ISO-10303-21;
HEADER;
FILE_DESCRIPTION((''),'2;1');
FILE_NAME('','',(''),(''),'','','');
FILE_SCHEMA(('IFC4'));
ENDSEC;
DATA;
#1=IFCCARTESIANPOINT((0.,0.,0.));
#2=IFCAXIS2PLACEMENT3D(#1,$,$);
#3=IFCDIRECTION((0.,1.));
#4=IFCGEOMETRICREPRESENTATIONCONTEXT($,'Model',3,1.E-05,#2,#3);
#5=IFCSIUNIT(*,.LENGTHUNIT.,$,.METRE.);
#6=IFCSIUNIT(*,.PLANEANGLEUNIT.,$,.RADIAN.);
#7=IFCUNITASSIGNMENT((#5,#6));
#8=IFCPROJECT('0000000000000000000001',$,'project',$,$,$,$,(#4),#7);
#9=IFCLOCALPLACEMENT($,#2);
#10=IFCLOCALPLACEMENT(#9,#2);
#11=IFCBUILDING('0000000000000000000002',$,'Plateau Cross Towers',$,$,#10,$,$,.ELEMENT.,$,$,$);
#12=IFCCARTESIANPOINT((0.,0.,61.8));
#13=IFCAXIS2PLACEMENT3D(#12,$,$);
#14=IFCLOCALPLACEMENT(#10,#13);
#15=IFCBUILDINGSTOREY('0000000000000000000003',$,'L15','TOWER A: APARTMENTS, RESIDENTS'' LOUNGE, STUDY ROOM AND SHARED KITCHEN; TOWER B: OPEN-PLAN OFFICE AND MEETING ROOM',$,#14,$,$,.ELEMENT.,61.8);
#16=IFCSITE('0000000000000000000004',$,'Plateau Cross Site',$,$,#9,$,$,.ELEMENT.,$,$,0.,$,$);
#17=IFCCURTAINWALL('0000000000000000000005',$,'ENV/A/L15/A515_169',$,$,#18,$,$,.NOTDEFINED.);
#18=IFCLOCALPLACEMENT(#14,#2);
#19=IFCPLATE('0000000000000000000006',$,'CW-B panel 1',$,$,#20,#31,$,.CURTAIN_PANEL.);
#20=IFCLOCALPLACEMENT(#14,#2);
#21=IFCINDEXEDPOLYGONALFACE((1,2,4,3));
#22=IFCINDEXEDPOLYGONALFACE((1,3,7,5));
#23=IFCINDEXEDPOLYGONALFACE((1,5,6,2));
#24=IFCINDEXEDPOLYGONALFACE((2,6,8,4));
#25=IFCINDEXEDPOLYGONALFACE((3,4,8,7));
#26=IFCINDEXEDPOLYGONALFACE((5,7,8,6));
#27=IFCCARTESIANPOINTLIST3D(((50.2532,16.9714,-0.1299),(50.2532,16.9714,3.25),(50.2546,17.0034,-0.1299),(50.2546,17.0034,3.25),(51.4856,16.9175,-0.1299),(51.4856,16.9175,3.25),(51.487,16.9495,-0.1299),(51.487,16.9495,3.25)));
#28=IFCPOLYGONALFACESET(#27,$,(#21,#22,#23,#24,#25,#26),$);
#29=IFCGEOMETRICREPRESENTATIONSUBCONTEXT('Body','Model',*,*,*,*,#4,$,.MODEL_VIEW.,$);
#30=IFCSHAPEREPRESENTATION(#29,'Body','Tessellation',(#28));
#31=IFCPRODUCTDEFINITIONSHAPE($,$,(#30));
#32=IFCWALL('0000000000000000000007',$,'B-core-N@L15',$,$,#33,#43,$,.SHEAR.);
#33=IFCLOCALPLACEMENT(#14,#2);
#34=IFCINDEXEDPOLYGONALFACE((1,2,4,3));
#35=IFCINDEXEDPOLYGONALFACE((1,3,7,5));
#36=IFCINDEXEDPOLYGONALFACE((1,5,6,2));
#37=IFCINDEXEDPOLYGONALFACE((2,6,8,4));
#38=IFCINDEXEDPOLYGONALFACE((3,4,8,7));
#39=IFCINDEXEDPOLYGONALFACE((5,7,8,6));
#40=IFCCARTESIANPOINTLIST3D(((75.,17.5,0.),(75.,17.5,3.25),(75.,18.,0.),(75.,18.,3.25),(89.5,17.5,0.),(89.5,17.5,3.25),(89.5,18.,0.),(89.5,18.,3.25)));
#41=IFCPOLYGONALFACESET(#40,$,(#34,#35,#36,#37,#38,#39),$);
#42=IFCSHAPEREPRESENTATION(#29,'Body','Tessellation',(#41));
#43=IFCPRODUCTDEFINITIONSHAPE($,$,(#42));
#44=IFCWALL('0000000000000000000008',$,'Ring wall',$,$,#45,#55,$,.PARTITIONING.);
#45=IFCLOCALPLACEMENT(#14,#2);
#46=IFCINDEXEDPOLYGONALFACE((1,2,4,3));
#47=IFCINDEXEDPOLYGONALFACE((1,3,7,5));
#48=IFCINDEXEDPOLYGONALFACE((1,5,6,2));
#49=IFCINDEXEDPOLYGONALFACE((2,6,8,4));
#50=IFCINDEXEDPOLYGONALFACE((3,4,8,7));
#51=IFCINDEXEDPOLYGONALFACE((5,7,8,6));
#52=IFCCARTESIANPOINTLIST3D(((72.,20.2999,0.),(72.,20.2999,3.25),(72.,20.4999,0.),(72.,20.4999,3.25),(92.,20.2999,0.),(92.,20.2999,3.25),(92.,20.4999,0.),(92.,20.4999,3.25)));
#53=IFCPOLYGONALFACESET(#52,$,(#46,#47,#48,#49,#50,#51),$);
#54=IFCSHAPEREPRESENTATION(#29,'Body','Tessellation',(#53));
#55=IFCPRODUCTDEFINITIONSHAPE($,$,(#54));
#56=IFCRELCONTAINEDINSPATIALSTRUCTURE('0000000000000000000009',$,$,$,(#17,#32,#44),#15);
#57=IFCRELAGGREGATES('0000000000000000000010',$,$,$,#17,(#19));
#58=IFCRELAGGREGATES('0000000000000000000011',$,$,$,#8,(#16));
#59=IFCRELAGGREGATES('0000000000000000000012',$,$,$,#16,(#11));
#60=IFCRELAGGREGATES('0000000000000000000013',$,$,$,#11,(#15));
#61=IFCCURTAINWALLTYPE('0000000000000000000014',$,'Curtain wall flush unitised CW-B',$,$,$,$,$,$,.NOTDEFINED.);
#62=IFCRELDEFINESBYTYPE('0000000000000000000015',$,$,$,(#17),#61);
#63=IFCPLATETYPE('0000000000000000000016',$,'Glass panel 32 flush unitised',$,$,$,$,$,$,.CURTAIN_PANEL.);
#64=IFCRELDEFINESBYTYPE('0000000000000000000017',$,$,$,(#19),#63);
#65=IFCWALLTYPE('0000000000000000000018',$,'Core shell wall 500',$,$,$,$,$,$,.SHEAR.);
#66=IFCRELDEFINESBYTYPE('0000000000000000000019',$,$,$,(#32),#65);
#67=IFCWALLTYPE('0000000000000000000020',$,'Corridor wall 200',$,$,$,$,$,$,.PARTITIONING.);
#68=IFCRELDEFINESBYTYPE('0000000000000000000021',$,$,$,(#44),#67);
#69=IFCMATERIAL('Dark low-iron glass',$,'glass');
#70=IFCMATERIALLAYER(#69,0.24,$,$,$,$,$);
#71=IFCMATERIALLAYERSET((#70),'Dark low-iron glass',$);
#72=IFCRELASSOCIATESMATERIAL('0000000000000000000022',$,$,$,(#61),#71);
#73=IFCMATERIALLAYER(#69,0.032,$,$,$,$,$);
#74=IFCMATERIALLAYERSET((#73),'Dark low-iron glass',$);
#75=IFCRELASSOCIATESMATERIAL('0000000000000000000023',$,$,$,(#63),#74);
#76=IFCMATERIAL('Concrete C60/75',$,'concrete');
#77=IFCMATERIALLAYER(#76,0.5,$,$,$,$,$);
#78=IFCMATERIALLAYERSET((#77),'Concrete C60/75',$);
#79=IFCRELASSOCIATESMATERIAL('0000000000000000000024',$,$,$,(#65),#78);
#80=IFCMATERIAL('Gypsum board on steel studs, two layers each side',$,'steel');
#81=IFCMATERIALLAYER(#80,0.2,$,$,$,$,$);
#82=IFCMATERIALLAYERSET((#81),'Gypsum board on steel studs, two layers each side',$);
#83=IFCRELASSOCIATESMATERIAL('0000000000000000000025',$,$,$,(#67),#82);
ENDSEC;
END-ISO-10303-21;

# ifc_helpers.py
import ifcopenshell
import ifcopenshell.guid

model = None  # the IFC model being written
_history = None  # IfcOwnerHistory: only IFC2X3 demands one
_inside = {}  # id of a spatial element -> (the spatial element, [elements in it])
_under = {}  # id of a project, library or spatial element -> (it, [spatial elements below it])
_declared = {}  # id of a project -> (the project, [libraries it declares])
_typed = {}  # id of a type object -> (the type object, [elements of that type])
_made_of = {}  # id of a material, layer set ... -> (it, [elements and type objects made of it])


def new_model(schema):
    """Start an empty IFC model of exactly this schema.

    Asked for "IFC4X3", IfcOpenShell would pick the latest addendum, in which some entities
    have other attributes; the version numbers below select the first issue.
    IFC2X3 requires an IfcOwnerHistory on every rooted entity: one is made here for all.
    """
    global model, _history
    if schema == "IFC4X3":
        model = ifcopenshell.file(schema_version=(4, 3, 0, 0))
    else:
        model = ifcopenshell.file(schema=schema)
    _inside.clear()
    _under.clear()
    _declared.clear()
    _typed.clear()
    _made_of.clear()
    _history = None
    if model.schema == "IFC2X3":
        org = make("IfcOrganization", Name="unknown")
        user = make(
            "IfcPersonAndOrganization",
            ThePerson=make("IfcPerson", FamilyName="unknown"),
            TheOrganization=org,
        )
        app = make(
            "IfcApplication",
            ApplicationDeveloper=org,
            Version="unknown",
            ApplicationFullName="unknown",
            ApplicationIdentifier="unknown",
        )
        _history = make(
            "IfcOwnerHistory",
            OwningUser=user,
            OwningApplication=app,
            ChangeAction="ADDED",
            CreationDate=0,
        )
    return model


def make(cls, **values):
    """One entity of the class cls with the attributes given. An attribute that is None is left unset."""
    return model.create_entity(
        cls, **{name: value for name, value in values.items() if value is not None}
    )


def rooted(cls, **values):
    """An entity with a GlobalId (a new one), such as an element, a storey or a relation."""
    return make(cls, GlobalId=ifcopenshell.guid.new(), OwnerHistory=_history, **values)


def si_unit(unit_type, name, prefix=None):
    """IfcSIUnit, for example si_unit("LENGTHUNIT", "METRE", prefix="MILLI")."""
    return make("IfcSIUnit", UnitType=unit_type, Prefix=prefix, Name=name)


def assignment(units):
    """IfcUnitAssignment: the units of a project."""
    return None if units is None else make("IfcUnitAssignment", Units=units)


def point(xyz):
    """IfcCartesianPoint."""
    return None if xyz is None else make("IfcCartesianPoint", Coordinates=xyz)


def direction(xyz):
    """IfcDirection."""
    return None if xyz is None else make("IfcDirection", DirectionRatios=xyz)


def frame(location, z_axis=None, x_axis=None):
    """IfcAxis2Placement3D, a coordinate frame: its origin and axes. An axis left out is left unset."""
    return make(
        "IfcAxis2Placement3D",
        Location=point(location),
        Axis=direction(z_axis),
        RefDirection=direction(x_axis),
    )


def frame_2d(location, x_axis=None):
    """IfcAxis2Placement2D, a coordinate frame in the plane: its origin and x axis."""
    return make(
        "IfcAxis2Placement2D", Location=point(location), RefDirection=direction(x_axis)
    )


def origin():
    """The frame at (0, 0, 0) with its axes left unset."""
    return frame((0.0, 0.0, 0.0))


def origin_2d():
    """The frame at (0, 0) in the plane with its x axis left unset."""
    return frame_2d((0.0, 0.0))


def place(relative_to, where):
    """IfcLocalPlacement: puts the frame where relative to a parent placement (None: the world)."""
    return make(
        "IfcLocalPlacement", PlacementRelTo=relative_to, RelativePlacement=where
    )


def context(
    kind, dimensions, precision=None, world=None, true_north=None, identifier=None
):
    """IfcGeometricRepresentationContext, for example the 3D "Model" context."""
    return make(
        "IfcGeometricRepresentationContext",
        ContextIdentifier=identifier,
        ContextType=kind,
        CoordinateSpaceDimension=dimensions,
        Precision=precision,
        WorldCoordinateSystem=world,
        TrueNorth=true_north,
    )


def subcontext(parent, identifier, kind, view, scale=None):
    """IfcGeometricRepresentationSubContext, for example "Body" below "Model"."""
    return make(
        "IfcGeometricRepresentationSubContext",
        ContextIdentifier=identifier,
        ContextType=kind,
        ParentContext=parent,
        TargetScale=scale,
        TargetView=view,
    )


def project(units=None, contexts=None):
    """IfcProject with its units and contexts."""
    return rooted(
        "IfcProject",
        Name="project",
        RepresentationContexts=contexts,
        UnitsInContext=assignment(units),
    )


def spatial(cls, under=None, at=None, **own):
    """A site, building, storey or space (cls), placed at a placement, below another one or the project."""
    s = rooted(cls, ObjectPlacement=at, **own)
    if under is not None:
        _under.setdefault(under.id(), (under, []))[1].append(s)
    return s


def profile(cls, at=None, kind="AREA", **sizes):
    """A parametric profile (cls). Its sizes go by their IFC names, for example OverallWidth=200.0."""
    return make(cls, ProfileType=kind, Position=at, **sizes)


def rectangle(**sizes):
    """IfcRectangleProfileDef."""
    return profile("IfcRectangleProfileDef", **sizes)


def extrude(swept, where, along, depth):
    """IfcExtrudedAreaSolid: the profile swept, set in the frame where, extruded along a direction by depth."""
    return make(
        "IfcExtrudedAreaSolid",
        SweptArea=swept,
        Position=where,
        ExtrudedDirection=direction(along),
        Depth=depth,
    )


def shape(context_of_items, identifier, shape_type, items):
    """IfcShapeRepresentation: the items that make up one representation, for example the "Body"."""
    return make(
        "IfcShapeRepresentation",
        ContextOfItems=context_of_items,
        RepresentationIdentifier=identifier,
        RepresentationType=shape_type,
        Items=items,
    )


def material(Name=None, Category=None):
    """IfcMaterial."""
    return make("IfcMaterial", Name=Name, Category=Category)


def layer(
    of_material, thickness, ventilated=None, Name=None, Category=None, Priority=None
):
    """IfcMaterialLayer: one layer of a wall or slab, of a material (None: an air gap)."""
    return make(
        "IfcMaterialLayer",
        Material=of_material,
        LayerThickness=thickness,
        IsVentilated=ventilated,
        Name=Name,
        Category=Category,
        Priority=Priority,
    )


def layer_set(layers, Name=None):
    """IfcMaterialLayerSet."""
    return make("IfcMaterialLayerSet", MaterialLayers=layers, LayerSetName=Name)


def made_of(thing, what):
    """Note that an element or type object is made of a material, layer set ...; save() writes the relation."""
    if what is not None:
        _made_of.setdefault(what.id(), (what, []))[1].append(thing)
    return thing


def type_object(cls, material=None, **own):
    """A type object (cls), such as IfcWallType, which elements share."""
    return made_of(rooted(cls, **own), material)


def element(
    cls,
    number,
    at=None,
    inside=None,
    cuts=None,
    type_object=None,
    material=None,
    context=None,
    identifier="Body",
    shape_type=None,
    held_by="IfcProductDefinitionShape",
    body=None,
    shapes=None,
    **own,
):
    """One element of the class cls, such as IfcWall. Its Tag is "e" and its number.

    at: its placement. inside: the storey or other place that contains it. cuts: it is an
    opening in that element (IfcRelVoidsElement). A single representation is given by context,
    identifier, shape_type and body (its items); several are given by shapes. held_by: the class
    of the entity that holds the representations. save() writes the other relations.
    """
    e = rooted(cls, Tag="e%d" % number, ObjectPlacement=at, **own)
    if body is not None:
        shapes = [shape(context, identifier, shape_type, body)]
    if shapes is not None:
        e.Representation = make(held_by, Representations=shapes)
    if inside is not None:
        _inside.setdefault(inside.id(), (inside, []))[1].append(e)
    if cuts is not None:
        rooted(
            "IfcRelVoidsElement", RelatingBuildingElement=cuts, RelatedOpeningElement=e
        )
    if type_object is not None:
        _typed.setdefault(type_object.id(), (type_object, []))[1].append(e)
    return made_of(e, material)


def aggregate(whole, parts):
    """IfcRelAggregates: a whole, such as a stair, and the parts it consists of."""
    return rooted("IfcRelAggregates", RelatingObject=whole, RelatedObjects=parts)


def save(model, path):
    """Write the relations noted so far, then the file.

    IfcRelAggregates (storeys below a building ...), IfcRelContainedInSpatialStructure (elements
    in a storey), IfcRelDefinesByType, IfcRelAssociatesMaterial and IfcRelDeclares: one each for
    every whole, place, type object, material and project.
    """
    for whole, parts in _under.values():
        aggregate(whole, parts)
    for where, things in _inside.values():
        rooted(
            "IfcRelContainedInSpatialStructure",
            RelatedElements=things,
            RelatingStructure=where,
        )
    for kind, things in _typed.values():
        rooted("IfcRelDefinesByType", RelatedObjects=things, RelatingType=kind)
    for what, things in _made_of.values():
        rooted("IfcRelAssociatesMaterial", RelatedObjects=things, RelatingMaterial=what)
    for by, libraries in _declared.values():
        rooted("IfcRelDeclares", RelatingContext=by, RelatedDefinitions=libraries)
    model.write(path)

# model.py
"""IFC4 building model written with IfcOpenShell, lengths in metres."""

from ifc_helpers import new_model, si_unit, direction, frame, frame_2d, origin, origin_2d, place, context, subcontext, project, spatial, rectangle, extrude, material, layer, layer_set, type_object, element, aggregate, save


model = new_model("IFC4")

# Units and contexts
model_context = context("Model", 3, precision=1e-05, world=origin(), true_north=direction((0.0, 1.0)))
body_context = subcontext(model_context, "Body", "Model", "MODEL_VIEW")
ifc_project = project(units=[si_unit("LENGTHUNIT", "METRE"), si_unit("PLANEANGLEUNIT", "RADIAN")], contexts=[model_context])

# Site, building, storey
site_placement = place(None, origin())
site = spatial("IfcSite", under=ifc_project, at=site_placement, Name="Plateau Cross Site", CompositionType="ELEMENT", RefElevation=0.0)
building_placement = place(site_placement, origin())
building = spatial("IfcBuilding", under=site, at=building_placement, Name="Plateau Cross Towers", CompositionType="ELEMENT")
storey_placement = place(building_placement, frame((0.0, 0.0, 61.8)))
storey = spatial("IfcBuildingStorey", under=building, at=storey_placement, Name="L15", Description="TOWER A: APARTMENTS, RESIDENTS' LOUNGE, STUDY ROOM AND SHARED KITCHEN; TOWER B: OPEN-PLAN OFFICE AND MEETING ROOM", CompositionType="ELEMENT", Elevation=61.8)

# Shared definitions
ifc_material_1 = material(Name="Concrete C60/75", Category="concrete")

# Shared definitions
ifc_material_2 = material(Name="Dark low-iron glass", Category="glass")
ifc_layer_1 = layer(ifc_material_2, 0.24)
ifc_layer_set_1 = layer_set([ifc_layer_1], Name="Dark low-iron glass")
curtain_wall_type_1 = type_object("IfcCurtainWallType", Name="Curtain wall flush unitised CW-B", PredefinedType="NOTDEFINED", material=ifc_layer_set_1)

# Curtain wall
curtain_wall_1_placement = place(storey_placement, origin())
curtain_wall_1 = element("IfcCurtainWall", 1, at=curtain_wall_1_placement, inside=storey, type_object=curtain_wall_type_1, Name="ENV/A/L15/A515_169", PredefinedType="NOTDEFINED")

# Shared definitions
ifc_layer_2 = layer(ifc_material_2, 0.032)
ifc_layer_set_2 = layer_set([ifc_layer_2], Name="Dark low-iron glass")
plate_type_1 = type_object("IfcPlateType", Name="Glass panel 32 flush unitised", PredefinedType="CURTAIN_PANEL", material=ifc_layer_set_2)

# Plate
plate_1_placement = place(storey_placement, frame((50.8701, 16.9604, -0.1299), z_axis=(0.0, 0.0, 1.0), x_axis=(-0.999044, 0.043723, 0.0)))
plate_1 = element("IfcPlate", 2, at=plate_1_placement, type_object=plate_type_1, Name="CW-B panel 1", PredefinedType="CURTAIN_PANEL", context=body_context, shape_type="SweptSolid", body=[
    extrude(rectangle(XDim=1.2336, YDim=0.032, at=origin_2d()), origin(), (0.0, 0.0, 1.0), 3.3799),
])
aggregate(curtain_wall_1, [plate_1])

# Walls
ifc_layer_3 = layer(ifc_material_1, 0.5)
ifc_layer_set_3 = layer_set([ifc_layer_3], Name="Concrete C60/75")
wall_type_1 = type_object("IfcWallType", Name="Core shell wall 500", PredefinedType="SHEAR", material=ifc_layer_set_3)
wall_1_placement = place(storey_placement, frame((75.0, 17.75, 0.0), z_axis=(0.0, 0.0, 1.0), x_axis=(1.0, 0.0, 0.0)))
element("IfcWall", 3, at=wall_1_placement, inside=storey, type_object=wall_type_1, Name="B-core-N@L15", PredefinedType="SHEAR", context=body_context, shape_type="SweptSolid", body=[
    extrude(rectangle(XDim=14.5, YDim=0.5, at=frame_2d((7.25, 0.0))), origin(), (0.0, 0.0, 1.0), 3.25),
])
ifc_material_3 = material(Name="Gypsum board on steel studs, two layers each side", Category="steel")
ifc_layer_4 = layer(ifc_material_3, 0.2)
ifc_layer_set_4 = layer_set([ifc_layer_4], Name="Gypsum board on steel studs, two layers each side")
wall_type_2 = type_object("IfcWallType", Name="Corridor wall 200", PredefinedType="PARTITIONING", material=ifc_layer_set_4)
wall_2_placement = place(storey_placement, frame((72.0, 20.3999, 0.0), z_axis=(0.0, 0.0, 1.0), x_axis=(1.0, 0.0, 0.0)))
element("IfcWall", 4, at=wall_2_placement, inside=storey, type_object=wall_type_2, Name="Ring wall", PredefinedType="PARTITIONING", context=body_context, shape_type="SweptSolid", body=[
    extrude(rectangle(XDim=20.0, YDim=0.2, at=frame_2d((10.0, 0.0))), origin(), (0.0, 0.0, 1.0), 3.25),
])

save(model, "model.ifc")
